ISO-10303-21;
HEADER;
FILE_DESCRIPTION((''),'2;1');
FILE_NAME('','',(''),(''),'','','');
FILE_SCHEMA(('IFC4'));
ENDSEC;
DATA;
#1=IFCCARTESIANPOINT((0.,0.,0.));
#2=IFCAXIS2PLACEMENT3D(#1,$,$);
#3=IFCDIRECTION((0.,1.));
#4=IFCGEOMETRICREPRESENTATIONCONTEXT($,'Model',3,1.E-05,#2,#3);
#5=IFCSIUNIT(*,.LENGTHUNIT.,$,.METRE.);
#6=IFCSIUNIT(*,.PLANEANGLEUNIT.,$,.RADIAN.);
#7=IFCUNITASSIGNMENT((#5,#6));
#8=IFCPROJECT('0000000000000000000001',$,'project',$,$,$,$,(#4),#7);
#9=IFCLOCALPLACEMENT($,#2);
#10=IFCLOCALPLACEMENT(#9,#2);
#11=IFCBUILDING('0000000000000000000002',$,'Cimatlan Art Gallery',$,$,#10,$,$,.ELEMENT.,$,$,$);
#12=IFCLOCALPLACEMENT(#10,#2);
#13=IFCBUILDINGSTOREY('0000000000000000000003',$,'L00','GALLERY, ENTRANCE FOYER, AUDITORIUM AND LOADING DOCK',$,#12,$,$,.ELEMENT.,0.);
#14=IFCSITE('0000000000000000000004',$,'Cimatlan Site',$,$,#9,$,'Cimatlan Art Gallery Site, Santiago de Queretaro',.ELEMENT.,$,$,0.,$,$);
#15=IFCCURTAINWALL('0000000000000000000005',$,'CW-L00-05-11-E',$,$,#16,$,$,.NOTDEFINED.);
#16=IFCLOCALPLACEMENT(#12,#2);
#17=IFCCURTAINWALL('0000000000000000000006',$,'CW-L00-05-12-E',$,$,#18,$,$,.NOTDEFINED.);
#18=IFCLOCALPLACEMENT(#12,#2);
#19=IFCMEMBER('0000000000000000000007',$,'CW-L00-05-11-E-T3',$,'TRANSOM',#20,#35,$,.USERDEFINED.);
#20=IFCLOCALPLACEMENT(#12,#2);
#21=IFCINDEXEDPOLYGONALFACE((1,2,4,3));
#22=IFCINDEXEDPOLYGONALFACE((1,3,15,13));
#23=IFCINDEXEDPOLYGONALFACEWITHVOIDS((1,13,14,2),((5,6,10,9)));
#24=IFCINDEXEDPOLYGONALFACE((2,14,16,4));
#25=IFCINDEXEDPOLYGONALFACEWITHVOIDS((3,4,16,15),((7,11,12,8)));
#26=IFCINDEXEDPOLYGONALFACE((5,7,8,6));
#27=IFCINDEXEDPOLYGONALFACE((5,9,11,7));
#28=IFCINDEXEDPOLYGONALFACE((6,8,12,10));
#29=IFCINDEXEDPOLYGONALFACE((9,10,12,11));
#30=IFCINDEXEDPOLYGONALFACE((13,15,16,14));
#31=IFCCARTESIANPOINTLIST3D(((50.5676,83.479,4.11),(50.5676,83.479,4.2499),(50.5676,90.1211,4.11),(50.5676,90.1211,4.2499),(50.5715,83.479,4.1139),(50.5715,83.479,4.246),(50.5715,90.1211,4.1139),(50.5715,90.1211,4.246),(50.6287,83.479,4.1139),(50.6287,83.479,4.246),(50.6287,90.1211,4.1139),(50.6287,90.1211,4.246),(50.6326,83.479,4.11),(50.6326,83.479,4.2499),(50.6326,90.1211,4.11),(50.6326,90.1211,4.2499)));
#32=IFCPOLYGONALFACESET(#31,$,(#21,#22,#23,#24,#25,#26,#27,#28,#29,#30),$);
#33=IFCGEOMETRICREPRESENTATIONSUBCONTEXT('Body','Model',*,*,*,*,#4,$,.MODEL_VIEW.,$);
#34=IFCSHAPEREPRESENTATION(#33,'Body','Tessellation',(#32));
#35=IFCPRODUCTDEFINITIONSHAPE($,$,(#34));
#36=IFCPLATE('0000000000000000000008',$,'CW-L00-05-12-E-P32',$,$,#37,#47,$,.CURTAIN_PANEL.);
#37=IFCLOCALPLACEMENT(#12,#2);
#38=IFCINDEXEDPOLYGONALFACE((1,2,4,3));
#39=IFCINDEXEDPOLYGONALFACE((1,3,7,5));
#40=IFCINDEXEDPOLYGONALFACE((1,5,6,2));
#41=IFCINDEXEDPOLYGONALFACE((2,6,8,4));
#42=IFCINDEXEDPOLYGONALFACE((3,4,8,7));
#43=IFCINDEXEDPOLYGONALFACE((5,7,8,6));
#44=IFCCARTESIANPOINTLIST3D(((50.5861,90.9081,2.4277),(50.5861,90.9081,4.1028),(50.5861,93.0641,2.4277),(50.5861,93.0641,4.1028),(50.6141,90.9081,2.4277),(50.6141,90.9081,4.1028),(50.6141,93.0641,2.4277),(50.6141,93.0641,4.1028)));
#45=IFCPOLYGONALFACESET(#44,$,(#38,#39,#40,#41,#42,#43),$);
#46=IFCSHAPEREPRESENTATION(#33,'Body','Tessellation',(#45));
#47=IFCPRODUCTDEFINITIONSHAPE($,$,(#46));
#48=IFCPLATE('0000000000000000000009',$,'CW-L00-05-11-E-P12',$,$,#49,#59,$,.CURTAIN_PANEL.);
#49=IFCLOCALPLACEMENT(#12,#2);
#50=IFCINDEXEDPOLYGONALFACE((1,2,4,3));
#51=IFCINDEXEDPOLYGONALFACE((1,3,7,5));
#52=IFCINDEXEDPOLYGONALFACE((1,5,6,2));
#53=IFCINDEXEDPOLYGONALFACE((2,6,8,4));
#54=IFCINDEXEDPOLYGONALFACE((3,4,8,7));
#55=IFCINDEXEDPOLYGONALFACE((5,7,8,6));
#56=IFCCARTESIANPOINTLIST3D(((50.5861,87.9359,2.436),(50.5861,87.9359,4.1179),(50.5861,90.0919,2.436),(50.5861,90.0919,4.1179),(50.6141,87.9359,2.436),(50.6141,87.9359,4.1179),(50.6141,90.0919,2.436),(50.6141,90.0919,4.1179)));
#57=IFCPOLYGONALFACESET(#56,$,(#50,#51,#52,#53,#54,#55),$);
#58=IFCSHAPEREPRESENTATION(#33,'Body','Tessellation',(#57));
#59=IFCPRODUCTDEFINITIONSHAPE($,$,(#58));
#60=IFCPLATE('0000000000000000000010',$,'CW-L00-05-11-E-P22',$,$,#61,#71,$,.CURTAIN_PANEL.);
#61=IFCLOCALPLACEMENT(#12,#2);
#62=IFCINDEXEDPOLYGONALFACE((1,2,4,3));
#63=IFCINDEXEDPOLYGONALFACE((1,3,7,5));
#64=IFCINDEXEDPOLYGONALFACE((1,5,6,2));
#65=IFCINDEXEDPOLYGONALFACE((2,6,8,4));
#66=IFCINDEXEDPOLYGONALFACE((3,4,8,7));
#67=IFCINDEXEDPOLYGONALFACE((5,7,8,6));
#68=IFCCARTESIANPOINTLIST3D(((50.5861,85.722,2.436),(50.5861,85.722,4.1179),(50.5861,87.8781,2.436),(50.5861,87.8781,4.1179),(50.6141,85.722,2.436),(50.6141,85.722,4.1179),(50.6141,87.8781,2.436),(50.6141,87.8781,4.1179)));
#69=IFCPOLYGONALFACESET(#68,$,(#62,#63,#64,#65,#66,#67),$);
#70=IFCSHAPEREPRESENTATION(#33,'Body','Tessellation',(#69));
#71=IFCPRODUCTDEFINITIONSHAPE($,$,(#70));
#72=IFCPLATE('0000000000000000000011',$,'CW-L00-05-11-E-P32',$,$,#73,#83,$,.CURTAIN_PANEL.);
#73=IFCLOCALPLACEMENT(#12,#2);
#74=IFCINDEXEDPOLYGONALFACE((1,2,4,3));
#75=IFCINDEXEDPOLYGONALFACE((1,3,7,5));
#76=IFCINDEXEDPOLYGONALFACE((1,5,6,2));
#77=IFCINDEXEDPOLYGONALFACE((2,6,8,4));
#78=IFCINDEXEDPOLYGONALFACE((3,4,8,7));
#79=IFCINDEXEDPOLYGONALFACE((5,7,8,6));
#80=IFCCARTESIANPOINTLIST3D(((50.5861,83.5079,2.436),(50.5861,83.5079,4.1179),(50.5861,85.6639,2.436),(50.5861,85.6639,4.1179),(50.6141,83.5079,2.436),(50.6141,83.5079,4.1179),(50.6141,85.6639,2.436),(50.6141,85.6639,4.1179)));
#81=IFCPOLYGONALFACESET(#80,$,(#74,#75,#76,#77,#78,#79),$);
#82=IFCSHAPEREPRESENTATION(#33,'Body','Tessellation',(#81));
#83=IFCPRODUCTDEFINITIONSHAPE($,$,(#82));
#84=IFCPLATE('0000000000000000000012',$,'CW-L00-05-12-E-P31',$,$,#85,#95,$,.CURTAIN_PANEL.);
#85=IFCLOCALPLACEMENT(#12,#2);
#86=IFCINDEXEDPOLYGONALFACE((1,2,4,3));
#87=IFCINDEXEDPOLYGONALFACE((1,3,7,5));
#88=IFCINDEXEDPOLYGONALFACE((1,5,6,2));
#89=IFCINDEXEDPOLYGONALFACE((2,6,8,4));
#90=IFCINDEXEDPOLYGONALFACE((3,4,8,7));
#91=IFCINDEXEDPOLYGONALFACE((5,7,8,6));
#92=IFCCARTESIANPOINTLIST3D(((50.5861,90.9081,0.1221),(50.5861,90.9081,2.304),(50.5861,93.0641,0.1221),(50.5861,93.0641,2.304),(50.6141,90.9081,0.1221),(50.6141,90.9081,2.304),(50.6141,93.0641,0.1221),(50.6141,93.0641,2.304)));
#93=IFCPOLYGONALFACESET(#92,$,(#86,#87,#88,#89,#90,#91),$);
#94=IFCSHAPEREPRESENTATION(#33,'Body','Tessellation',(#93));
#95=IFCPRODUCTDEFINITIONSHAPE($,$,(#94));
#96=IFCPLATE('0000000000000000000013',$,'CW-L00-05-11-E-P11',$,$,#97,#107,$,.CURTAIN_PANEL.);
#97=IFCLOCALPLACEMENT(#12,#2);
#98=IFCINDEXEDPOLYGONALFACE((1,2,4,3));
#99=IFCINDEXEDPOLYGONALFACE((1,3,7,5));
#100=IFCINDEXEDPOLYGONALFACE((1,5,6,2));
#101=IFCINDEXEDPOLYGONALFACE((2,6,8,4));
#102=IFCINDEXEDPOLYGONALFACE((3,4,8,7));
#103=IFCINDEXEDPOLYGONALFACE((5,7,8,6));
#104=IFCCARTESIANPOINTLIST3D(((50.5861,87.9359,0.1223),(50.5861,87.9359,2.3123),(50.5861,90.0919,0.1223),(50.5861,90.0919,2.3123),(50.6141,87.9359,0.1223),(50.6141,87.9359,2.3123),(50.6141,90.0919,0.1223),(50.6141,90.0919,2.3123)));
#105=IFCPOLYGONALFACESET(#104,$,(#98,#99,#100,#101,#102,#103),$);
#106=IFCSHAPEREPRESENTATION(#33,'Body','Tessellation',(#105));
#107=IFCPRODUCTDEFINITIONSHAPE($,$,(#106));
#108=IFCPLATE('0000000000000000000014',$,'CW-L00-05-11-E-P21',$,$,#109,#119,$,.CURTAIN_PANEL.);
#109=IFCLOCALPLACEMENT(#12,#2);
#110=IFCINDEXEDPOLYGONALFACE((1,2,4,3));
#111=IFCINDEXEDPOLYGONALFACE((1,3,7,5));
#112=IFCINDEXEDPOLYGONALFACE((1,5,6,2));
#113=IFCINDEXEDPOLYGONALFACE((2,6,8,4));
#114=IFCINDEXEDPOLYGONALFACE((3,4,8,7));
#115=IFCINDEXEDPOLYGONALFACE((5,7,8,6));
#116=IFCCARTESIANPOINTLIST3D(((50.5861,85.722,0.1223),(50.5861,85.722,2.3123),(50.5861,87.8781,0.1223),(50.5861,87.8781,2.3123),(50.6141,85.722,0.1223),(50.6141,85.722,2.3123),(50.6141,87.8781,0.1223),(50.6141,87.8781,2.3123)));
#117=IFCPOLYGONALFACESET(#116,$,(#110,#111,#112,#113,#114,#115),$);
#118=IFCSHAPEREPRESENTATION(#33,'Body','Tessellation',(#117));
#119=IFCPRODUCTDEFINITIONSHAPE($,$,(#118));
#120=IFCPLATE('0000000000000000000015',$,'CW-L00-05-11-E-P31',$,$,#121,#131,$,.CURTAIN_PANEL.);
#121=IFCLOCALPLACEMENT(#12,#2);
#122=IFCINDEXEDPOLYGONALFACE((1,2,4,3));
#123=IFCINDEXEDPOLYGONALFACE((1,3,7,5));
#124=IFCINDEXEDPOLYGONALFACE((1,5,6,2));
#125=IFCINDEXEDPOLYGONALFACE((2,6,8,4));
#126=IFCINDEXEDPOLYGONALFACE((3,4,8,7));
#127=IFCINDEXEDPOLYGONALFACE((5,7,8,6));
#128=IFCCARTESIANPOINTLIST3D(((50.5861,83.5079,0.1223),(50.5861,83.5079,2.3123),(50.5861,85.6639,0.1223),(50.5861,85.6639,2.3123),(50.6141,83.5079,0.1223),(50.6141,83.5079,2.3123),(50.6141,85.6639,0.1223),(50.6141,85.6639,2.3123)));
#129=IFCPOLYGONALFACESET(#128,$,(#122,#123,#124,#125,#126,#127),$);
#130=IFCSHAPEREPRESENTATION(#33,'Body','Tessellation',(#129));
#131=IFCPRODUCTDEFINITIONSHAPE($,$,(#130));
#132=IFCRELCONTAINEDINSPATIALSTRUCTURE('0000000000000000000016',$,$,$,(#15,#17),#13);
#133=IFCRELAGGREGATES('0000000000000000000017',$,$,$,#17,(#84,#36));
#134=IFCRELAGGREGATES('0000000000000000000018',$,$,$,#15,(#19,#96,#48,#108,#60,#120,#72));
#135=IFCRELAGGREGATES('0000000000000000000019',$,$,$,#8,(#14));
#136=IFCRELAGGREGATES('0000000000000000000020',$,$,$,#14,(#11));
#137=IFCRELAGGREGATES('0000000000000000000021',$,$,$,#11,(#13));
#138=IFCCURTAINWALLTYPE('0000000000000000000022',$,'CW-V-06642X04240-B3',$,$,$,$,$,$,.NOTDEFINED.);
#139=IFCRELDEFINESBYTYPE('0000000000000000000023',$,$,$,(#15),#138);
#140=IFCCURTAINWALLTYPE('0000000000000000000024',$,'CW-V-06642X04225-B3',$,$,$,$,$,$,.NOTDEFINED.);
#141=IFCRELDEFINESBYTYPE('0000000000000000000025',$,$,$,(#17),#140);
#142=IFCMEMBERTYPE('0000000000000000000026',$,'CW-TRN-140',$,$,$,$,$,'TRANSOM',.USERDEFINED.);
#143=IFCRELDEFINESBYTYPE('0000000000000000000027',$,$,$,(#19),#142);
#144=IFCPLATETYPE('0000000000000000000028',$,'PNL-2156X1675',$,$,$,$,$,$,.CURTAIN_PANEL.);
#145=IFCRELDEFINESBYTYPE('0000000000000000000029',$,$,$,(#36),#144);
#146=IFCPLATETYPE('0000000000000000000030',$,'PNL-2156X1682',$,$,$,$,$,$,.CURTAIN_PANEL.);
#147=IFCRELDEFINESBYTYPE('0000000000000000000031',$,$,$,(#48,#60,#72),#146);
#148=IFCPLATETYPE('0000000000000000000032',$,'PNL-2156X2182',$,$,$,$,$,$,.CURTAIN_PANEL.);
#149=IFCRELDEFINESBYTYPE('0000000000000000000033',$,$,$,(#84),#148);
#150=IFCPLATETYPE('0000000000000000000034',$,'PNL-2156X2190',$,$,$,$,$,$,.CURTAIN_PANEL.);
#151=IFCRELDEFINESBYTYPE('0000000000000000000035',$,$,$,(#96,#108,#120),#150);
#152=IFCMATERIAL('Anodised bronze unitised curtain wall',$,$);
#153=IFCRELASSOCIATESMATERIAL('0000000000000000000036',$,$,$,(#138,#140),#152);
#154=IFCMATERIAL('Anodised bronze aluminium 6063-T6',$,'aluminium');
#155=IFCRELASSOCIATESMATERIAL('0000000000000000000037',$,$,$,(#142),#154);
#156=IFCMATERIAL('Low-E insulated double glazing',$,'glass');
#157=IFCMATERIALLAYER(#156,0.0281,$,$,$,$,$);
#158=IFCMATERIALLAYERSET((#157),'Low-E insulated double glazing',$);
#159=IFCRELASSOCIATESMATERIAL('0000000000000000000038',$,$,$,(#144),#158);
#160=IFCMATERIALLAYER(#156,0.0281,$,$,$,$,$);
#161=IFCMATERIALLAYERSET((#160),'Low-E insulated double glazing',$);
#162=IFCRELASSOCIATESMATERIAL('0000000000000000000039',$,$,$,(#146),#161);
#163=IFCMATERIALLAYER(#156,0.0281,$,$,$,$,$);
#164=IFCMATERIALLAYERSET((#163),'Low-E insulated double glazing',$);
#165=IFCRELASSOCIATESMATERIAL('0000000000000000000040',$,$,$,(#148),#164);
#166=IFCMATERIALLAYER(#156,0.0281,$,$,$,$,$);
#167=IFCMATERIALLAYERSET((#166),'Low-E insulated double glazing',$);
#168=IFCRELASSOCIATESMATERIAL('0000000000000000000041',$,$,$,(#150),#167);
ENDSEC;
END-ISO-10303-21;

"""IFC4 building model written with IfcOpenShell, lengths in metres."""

from ifc_helpers import new_model, si_unit, direction, frame, origin, origin_2d, place, context, subcontext, project, spatial, rectangle, hollow_rectangle, extrude, material, layer, layer_set, material_profile, profile_set, type_object, element, aggregate, save


model = new_model("IFC4")

# Units and contexts
model_context = context("Model", 3, precision=1e-05, world=origin(), true_north=direction((0.0, 1.0)))
body_context = subcontext(model_context, "Body", "Model", "MODEL_VIEW")
ifc_project = project(units=[si_unit("LENGTHUNIT", "METRE"), si_unit("PLANEANGLEUNIT", "RADIAN")], contexts=[model_context])

# Site, building, storey
site_placement = place(None, origin())
site = spatial("IfcSite", under=ifc_project, at=site_placement, Name="Cimatlan Site", LongName="Cimatlan Art Gallery Site, Santiago de Queretaro", CompositionType="ELEMENT", RefElevation=0.0)
building_placement = place(site_placement, origin())
building = spatial("IfcBuilding", under=site, at=building_placement, Name="Cimatlan Art Gallery", CompositionType="ELEMENT")
storey_placement = place(building_placement, origin())
storey = spatial("IfcBuildingStorey", under=building, at=storey_placement, Name="L00", Description="GALLERY, ENTRANCE FOYER, AUDITORIUM AND LOADING DOCK", CompositionType="ELEMENT", Elevation=0.0)

# Curtain wall
ifc_material_1 = material(Name="Anodised bronze unitised curtain wall")
curtain_wall_type_1 = type_object("IfcCurtainWallType", Name="CW-V-06642X04240-B3", PredefinedType="NOTDEFINED", material=ifc_material_1)
curtain_wall_1_placement = place(storey_placement, origin())
curtain_wall_1 = element("IfcCurtainWall", 1, at=curtain_wall_1_placement, inside=storey, type_object=curtain_wall_type_1, Name="CW-L00-05-11-E", PredefinedType="NOTDEFINED")
ifc_material_2 = material(Name="Anodised bronze aluminium 6063-T6", Category="aluminium")

# Curtain wall
curtain_wall_type_2 = type_object("IfcCurtainWallType", Name="CW-V-06642X04225-B3", PredefinedType="NOTDEFINED", material=ifc_material_1)
curtain_wall_2_placement = place(storey_placement, origin())
curtain_wall_2 = element("IfcCurtainWall", 2, at=curtain_wall_2_placement, inside=storey, type_object=curtain_wall_type_2, Name="CW-L00-05-12-E", PredefinedType="NOTDEFINED")

# Member
ifc_material_profile_1 = material_profile(ifc_material_2, hollow_rectangle(XDim=0.0649, YDim=0.1399, WallThickness=0.0039, at=origin_2d()), Name="ALU65X140X4")
ifc_profile_set_1 = profile_set([ifc_material_profile_1], Name="Anodised bronze aluminium 6063-T6")
member_type_1 = type_object("IfcMemberType", Name="CW-TRN-140", ElementType="TRANSOM", PredefinedType="USERDEFINED", material=ifc_profile_set_1)
member_1_placement = place(storey_placement, frame((50.6001, 90.1211, 4.1799), z_axis=(0.0, -1.0, 0.0), x_axis=(1.0, 0.0, 0.0)))
member_1 = element("IfcMember", 3, at=member_1_placement, type_object=member_type_1, Name="CW-L00-05-11-E-T3", ObjectType="TRANSOM", PredefinedType="USERDEFINED", context=body_context, shape_type="SweptSolid", body=[
    extrude(hollow_rectangle(XDim=0.0649, YDim=0.1399, WallThickness=0.0039, at=origin_2d()), origin(), (0.0, 0.0, 1.0), 6.6421),
])

# Plates
ifc_material_3 = material(Name="Low-E insulated double glazing", Category="glass")
ifc_layer_1 = layer(ifc_material_3, 0.0281)
ifc_layer_set_1 = layer_set([ifc_layer_1], Name="Low-E insulated double glazing")
plate_type_1 = type_object("IfcPlateType", Name="PNL-2156X1675", PredefinedType="CURTAIN_PANEL", material=ifc_layer_set_1)
plate_1_placement = place(storey_placement, frame((50.6001, 91.9861, 2.4277), z_axis=(0.0, 0.0, 1.0), x_axis=(0.0, -1.0, 0.0)))
plate_1 = element("IfcPlate", 4, at=plate_1_placement, type_object=plate_type_1, Name="CW-L00-05-12-E-P32", PredefinedType="CURTAIN_PANEL", context=body_context, shape_type="SweptSolid", body=[
    extrude(rectangle(XDim=2.156, YDim=0.0281, at=origin_2d()), origin(), (0.0, 0.0, 1.0), 1.675),
])
ifc_layer_2 = layer(ifc_material_3, 0.0281)
ifc_layer_set_2 = layer_set([ifc_layer_2], Name="Low-E insulated double glazing")
plate_type_2 = type_object("IfcPlateType", Name="PNL-2156X1682", PredefinedType="CURTAIN_PANEL", material=ifc_layer_set_2)
plate_2_placement = place(storey_placement, frame((50.6001, 89.0139, 2.436), z_axis=(0.0, 0.0, 1.0), x_axis=(0.0, -1.0, 0.0)))
plate_2 = element("IfcPlate", 5, at=plate_2_placement, type_object=plate_type_2, Name="CW-L00-05-11-E-P12", PredefinedType="CURTAIN_PANEL", context=body_context, shape_type="SweptSolid", body=[
    extrude(rectangle(XDim=2.156, YDim=0.0281, at=origin_2d()), origin(), (0.0, 0.0, 1.0), 1.6819),
])
plate_3_placement = place(storey_placement, frame((50.6001, 86.8, 2.436), z_axis=(0.0, 0.0, 1.0), x_axis=(0.0, -1.0, 0.0)))
plate_3 = element("IfcPlate", 6, at=plate_3_placement, type_object=plate_type_2, Name="CW-L00-05-11-E-P22", PredefinedType="CURTAIN_PANEL", context=body_context, shape_type="SweptSolid", body=[
    extrude(rectangle(XDim=2.156, YDim=0.0281, at=origin_2d()), origin(), (0.0, 0.0, 1.0), 1.6819),
])
plate_4_placement = place(storey_placement, frame((50.6001, 84.5859, 2.436), z_axis=(0.0, 0.0, 1.0), x_axis=(0.0, -1.0, 0.0)))
plate_4 = element("IfcPlate", 7, at=plate_4_placement, type_object=plate_type_2, Name="CW-L00-05-11-E-P32", PredefinedType="CURTAIN_PANEL", context=body_context, shape_type="SweptSolid", body=[
    extrude(rectangle(XDim=2.156, YDim=0.0281, at=origin_2d()), origin(), (0.0, 0.0, 1.0), 1.6819),
])
ifc_layer_3 = layer(ifc_material_3, 0.0281)
ifc_layer_set_3 = layer_set([ifc_layer_3], Name="Low-E insulated double glazing")
plate_type_3 = type_object("IfcPlateType", Name="PNL-2156X2182", PredefinedType="CURTAIN_PANEL", material=ifc_layer_set_3)
plate_5_placement = place(storey_placement, frame((50.6001, 91.9861, 0.1221), z_axis=(0.0, 0.0, 1.0), x_axis=(0.0, -1.0, 0.0)))
plate_5 = element("IfcPlate", 8, at=plate_5_placement, type_object=plate_type_3, Name="CW-L00-05-12-E-P31", PredefinedType="CURTAIN_PANEL", context=body_context, shape_type="SweptSolid", body=[
    extrude(rectangle(XDim=2.156, YDim=0.0281, at=origin_2d()), origin(), (0.0, 0.0, 1.0), 2.1819),
])
aggregate(curtain_wall_2, [plate_5, plate_1])
ifc_layer_4 = layer(ifc_material_3, 0.0281)
ifc_layer_set_4 = layer_set([ifc_layer_4], Name="Low-E insulated double glazing")
plate_type_4 = type_object("IfcPlateType", Name="PNL-2156X2190", PredefinedType="CURTAIN_PANEL", material=ifc_layer_set_4)
plate_6_placement = place(storey_placement, frame((50.6001, 89.0139, 0.1223), z_axis=(0.0, 0.0, 1.0), x_axis=(0.0, -1.0, 0.0)))
plate_6 = element("IfcPlate", 9, at=plate_6_placement, type_object=plate_type_4, Name="CW-L00-05-11-E-P11", PredefinedType="CURTAIN_PANEL", context=body_context, shape_type="SweptSolid", body=[
    extrude(rectangle(XDim=2.156, YDim=0.0281, at=origin_2d()), origin(), (0.0, 0.0, 1.0), 2.1899),
])
plate_7_placement = place(storey_placement, frame((50.6001, 86.8, 0.1223), z_axis=(0.0, 0.0, 1.0), x_axis=(0.0, -1.0, 0.0)))
plate_7 = element("IfcPlate", 10, at=plate_7_placement, type_object=plate_type_4, Name="CW-L00-05-11-E-P21", PredefinedType="CURTAIN_PANEL", context=body_context, shape_type="SweptSolid", body=[
    extrude(rectangle(XDim=2.156, YDim=0.0281, at=origin_2d()), origin(), (0.0, 0.0, 1.0), 2.1899),
])
plate_8_placement = place(storey_placement, frame((50.6001, 84.5859, 0.1223), z_axis=(0.0, 0.0, 1.0), x_axis=(0.0, -1.0, 0.0)))
plate_8 = element("IfcPlate", 11, at=plate_8_placement, type_object=plate_type_4, Name="CW-L00-05-11-E-P31", PredefinedType="CURTAIN_PANEL", context=body_context, shape_type="SweptSolid", body=[
    extrude(rectangle(XDim=2.156, YDim=0.0281, at=origin_2d()), origin(), (0.0, 0.0, 1.0), 2.1899),
])
aggregate(curtain_wall_1, [member_1, plate_6, plate_2, plate_7, plate_3, plate_8, plate_4])

save(model, "model.ifc")
